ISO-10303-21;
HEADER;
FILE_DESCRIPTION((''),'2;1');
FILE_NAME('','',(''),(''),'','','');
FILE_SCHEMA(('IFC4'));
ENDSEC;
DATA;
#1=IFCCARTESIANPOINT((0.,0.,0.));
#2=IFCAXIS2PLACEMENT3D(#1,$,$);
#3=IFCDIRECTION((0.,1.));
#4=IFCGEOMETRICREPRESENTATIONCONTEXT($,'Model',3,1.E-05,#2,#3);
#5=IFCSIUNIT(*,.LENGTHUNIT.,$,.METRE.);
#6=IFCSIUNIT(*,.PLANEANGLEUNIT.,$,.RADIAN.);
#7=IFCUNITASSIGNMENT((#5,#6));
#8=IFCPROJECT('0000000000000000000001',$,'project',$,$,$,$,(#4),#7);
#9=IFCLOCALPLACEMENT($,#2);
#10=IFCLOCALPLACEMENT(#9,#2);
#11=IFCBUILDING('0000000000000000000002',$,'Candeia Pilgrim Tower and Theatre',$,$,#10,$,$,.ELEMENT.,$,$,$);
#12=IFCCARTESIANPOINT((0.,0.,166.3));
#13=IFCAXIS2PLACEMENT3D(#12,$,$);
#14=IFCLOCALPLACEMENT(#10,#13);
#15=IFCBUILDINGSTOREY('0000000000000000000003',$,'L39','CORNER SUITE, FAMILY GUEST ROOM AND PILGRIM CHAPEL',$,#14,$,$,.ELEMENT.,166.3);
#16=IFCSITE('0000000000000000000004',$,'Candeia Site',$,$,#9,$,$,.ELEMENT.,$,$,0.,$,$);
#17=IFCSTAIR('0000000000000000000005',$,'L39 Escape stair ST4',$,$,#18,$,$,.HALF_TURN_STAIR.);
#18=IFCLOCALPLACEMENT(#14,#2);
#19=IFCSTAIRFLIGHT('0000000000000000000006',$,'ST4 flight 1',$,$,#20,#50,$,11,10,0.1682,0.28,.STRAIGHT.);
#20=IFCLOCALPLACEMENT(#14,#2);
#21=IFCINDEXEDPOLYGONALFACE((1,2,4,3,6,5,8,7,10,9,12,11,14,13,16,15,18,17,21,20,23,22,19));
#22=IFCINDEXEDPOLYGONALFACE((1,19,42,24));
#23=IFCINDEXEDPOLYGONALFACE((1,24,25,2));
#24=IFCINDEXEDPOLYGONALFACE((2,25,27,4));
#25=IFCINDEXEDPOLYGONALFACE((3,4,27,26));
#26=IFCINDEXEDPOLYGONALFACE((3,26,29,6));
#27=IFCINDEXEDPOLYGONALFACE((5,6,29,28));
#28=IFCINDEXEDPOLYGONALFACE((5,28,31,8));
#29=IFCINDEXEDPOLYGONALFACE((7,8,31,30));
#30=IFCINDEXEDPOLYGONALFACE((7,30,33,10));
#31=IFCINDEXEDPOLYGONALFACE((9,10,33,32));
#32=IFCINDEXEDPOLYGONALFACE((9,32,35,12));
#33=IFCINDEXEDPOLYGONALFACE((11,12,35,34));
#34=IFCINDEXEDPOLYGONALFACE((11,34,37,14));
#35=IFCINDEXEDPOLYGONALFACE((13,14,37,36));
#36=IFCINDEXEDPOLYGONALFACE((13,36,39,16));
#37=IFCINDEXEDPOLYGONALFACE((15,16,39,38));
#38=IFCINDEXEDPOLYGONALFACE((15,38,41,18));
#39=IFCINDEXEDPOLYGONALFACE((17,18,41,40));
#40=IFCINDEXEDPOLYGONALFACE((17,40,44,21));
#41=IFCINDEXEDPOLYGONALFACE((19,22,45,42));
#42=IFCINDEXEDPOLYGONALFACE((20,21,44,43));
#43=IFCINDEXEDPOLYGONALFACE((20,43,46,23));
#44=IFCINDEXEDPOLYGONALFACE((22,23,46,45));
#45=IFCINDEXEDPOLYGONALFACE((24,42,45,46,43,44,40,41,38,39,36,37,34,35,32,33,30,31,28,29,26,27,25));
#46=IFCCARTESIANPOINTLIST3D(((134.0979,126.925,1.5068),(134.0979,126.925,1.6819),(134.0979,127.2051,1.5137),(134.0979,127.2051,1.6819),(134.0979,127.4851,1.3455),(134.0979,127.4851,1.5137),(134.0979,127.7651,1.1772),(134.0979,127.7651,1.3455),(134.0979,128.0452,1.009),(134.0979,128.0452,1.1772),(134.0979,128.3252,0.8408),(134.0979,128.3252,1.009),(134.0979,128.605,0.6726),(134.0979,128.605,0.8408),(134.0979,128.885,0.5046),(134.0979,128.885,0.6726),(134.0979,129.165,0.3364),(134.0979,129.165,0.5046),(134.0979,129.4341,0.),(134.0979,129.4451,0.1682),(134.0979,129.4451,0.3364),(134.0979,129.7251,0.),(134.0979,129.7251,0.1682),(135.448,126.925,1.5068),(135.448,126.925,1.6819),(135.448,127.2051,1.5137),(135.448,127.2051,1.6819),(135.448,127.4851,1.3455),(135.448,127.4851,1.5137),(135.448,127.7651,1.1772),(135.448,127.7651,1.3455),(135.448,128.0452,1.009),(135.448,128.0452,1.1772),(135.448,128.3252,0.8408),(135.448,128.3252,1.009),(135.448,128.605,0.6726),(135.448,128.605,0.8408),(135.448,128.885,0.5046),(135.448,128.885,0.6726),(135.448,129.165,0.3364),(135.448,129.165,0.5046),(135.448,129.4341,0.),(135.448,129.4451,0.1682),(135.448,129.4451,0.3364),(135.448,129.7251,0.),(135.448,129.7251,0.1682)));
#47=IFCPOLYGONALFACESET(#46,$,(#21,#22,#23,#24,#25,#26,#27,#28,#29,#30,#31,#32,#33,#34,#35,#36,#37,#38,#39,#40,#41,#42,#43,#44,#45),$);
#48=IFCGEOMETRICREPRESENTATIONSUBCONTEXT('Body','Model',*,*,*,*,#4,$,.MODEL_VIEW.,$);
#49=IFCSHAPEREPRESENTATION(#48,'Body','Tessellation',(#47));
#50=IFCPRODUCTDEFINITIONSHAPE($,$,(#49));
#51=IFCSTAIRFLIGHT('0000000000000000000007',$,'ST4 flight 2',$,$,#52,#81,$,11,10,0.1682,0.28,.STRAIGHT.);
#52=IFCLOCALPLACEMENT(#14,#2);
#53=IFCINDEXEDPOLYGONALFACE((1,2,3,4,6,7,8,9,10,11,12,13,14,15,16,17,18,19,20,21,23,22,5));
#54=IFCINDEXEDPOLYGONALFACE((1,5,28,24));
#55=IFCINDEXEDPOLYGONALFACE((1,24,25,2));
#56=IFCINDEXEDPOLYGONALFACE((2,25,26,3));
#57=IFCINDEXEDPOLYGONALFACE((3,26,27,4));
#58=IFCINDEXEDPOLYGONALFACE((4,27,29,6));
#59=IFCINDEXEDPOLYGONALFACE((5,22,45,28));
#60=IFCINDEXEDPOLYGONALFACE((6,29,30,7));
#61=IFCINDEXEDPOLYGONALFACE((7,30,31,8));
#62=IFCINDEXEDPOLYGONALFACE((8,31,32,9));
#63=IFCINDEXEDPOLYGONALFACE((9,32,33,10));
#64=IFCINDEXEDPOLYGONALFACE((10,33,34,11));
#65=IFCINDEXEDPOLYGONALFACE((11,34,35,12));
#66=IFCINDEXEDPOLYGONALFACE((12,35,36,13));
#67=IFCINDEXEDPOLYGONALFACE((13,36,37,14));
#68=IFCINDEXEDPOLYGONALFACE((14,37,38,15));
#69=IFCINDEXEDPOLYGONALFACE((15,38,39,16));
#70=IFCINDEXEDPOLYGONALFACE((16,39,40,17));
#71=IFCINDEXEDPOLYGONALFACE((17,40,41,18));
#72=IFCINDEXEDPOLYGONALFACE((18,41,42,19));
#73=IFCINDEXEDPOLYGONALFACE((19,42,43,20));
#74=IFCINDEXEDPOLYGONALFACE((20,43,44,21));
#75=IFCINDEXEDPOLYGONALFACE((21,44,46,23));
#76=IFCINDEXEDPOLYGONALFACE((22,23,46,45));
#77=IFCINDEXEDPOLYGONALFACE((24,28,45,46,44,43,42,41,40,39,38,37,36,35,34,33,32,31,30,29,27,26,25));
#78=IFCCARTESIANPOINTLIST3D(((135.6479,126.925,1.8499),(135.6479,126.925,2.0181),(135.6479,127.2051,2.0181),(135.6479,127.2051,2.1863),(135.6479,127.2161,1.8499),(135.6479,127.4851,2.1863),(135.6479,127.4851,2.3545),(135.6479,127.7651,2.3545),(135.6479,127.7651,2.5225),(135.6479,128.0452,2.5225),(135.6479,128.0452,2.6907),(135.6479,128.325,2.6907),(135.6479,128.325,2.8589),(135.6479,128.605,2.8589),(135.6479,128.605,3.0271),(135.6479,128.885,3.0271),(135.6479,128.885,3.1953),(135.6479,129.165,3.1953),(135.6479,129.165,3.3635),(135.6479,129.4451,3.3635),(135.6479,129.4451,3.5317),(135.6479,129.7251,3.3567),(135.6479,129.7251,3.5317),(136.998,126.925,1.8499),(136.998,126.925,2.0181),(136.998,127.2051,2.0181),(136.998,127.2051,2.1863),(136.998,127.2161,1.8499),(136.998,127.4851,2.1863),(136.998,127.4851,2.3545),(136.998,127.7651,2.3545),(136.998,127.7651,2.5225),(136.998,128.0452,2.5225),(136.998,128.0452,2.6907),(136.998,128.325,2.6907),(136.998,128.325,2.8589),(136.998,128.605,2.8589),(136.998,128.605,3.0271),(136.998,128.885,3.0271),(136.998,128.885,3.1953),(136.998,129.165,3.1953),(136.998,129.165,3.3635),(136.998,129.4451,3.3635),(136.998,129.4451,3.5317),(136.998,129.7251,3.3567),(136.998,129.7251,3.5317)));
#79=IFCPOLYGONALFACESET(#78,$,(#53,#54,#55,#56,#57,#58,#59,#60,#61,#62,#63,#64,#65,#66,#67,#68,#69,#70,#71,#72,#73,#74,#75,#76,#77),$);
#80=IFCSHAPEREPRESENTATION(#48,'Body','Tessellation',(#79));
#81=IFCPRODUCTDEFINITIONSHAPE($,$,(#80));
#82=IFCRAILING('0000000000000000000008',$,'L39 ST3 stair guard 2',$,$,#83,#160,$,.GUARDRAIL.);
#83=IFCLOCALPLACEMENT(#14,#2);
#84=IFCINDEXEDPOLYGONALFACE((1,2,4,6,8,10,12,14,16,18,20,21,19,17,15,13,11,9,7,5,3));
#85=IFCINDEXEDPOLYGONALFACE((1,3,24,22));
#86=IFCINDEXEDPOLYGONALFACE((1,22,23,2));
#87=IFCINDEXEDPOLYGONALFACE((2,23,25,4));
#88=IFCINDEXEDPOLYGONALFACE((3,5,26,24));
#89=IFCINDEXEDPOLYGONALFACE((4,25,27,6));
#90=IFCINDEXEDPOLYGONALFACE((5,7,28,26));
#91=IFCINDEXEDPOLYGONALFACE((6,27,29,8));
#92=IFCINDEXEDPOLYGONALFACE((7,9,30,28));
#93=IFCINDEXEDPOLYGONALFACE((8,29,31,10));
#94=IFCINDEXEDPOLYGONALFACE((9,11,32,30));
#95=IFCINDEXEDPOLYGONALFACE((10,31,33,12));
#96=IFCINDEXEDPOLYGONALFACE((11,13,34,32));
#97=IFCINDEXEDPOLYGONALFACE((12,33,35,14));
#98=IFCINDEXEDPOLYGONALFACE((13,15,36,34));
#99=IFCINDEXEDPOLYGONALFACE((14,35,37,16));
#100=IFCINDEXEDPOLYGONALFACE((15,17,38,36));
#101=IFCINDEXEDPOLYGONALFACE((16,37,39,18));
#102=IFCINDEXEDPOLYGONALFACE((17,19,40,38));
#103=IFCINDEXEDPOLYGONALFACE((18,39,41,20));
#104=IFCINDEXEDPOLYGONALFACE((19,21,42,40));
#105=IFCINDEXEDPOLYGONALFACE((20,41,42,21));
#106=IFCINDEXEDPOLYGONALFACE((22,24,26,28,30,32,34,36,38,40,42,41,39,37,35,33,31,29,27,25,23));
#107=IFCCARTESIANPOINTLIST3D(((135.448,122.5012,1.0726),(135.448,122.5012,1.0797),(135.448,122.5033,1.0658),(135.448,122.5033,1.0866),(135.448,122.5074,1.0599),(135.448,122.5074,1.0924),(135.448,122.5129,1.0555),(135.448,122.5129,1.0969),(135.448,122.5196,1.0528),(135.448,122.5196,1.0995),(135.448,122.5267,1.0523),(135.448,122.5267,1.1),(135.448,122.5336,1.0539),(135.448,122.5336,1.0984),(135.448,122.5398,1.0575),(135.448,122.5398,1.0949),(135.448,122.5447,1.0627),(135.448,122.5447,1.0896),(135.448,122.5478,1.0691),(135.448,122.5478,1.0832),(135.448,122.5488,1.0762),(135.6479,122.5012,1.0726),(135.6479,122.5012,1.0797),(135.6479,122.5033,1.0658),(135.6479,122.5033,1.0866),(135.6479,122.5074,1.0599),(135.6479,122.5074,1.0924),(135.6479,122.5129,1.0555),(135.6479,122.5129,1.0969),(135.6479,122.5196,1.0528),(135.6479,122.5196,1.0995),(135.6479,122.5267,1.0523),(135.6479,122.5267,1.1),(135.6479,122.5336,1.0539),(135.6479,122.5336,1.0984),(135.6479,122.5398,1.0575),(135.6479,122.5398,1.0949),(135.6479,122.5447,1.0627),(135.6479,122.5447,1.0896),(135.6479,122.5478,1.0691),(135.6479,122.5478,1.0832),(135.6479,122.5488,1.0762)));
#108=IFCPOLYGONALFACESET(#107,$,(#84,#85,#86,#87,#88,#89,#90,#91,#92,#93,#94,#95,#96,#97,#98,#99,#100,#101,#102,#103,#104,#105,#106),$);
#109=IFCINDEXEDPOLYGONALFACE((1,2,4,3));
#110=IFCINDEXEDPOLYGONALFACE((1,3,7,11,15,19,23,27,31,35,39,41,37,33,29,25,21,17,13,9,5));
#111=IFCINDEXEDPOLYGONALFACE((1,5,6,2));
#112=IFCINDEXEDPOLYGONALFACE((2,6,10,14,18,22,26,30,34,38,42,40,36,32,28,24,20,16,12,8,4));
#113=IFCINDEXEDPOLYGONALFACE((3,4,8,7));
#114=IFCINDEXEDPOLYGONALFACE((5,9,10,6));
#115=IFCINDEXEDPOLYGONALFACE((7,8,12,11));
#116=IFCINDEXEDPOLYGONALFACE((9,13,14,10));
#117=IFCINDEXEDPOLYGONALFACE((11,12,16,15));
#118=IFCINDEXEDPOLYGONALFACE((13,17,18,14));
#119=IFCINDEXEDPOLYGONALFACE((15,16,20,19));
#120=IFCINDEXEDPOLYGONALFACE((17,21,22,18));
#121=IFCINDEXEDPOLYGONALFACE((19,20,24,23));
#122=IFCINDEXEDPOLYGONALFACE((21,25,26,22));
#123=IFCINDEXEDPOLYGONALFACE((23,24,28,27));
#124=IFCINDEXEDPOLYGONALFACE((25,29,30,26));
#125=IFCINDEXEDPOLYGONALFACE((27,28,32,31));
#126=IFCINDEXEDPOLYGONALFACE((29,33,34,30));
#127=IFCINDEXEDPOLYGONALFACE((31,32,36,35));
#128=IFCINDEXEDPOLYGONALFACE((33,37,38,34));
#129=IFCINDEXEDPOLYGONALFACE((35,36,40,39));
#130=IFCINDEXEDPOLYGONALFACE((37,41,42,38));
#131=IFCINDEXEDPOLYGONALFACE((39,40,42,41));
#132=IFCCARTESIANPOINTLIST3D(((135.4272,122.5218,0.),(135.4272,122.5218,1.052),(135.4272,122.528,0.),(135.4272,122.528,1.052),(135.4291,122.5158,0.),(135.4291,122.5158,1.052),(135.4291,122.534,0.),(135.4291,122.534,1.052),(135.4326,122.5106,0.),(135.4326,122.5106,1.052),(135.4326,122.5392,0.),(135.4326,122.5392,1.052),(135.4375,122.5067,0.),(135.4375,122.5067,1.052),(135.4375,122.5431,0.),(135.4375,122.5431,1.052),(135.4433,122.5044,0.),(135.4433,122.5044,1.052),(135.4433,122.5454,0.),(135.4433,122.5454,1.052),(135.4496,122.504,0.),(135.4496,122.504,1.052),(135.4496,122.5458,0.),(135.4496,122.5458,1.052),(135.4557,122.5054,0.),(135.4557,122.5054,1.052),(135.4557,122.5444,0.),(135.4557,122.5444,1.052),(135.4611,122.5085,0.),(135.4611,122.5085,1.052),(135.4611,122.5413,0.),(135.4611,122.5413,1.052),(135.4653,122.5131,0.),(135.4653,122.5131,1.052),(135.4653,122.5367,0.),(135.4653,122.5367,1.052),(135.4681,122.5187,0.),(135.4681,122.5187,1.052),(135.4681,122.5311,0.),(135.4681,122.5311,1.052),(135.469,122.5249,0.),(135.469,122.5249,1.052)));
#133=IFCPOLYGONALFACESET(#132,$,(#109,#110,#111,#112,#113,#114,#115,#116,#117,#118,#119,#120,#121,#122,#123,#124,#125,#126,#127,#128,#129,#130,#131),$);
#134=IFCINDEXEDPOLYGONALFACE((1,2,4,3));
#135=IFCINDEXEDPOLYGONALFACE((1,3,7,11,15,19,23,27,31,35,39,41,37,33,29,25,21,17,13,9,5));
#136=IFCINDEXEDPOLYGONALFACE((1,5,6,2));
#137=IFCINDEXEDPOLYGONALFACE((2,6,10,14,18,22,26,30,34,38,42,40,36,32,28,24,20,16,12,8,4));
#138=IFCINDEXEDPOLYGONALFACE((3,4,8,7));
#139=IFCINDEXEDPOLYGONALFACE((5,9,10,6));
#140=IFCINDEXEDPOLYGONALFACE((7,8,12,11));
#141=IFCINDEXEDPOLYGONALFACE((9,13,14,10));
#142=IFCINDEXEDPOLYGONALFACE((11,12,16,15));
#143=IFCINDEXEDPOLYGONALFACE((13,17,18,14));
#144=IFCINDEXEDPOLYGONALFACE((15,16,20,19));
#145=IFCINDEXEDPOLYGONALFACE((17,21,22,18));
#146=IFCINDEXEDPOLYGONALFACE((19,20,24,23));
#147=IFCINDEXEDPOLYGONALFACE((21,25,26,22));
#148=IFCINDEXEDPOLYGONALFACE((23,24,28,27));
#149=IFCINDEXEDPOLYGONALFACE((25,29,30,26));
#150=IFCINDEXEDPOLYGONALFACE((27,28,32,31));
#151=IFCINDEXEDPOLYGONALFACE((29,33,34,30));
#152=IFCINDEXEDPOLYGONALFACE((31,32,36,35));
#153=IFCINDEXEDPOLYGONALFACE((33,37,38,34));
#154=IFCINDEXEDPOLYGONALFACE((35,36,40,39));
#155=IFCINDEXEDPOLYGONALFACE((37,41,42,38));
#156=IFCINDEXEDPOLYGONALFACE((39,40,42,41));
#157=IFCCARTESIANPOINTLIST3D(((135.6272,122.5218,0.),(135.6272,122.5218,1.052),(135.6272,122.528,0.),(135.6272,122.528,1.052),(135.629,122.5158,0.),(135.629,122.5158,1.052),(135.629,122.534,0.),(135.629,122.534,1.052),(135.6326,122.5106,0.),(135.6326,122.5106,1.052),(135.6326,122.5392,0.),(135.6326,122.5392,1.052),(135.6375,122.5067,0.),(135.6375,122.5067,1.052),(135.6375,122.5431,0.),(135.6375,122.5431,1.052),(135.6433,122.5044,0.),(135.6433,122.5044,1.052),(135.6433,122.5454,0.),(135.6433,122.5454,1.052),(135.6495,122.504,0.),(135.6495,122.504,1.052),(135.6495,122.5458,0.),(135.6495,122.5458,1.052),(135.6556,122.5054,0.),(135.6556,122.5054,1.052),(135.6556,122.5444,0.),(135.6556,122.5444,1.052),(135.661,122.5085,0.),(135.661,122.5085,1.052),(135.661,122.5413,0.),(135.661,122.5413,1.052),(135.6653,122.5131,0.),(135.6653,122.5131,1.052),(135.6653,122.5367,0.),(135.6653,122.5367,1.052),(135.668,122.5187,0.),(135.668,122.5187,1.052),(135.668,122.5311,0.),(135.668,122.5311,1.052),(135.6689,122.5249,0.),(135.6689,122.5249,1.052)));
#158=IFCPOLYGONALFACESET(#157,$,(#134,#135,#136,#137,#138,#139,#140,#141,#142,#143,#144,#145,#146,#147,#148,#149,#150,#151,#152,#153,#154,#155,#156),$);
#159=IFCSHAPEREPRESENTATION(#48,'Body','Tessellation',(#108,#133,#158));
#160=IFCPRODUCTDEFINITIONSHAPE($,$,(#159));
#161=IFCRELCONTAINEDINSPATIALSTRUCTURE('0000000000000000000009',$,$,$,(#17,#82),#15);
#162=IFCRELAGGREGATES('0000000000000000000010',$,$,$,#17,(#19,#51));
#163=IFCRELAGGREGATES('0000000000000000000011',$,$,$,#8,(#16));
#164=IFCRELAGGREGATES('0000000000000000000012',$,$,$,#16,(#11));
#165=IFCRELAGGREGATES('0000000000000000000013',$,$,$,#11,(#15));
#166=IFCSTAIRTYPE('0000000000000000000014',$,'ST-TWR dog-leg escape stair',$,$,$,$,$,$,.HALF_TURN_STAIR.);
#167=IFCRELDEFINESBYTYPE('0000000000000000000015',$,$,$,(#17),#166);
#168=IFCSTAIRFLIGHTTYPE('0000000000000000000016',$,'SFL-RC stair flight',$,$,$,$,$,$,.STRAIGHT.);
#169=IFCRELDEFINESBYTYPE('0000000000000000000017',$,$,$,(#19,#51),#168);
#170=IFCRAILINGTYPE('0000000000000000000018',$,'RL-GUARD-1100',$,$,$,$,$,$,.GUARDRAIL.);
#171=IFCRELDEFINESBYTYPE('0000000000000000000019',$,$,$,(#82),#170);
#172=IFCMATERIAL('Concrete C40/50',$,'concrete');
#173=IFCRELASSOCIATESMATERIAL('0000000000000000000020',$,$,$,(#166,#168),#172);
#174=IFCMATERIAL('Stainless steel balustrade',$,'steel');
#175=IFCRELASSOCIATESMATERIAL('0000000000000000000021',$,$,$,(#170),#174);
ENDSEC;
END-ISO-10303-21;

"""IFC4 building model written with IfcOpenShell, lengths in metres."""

from ifc_helpers import new_model, si_unit, direction, frame, origin, origin_2d, place, context, subcontext, project, spatial, polyline, circle, outline, extrude, material, type_object, element, aggregate, save


model = new_model("IFC4")

# Units and contexts
model_context = context("Model", 3, precision=1e-05, world=origin(), true_north=direction((0.0, 1.0)))
body_context = subcontext(model_context, "Body", "Model", "MODEL_VIEW")
ifc_project = project(units=[si_unit("LENGTHUNIT", "METRE"), si_unit("PLANEANGLEUNIT", "RADIAN")], contexts=[model_context])

# Site, building, storey
site_placement = place(None, origin())
site = spatial("IfcSite", under=ifc_project, at=site_placement, Name="Candeia Site", CompositionType="ELEMENT", RefElevation=0.0)
building_placement = place(site_placement, origin())
building = spatial("IfcBuilding", under=site, at=building_placement, Name="Candeia Pilgrim Tower and Theatre", CompositionType="ELEMENT")
storey_placement = place(building_placement, frame((0.0, 0.0, 166.3)))
storey = spatial("IfcBuildingStorey", under=building, at=storey_placement, Name="L39", Description="CORNER SUITE, FAMILY GUEST ROOM AND PILGRIM CHAPEL", CompositionType="ELEMENT", Elevation=166.3)

# Shared definitions
ifc_material_1 = material(Name="Concrete C40/50", Category="concrete")

# Stair, stair flights
stair_type = type_object("IfcStairType", Name="ST-TWR dog-leg escape stair", PredefinedType="HALF_TURN_STAIR", material=ifc_material_1)
stair_flight_type = type_object("IfcStairFlightType", Name="SFL-RC stair flight", PredefinedType="STRAIGHT", material=ifc_material_1)
stair_1_placement = place(storey_placement, origin())
stair_1 = element("IfcStair", 1, at=stair_1_placement, inside=storey, type_object=stair_type, Name="L39 Escape stair ST4", PredefinedType="HALF_TURN_STAIR")
stair_flight_1_placement = place(storey_placement, frame((134.7729, 129.7251, 0.0), z_axis=(0.0, 0.0, 1.0), x_axis=(0.0, -1.0, 0.0)))
stair_flight_1 = element("IfcStairFlight", 2, at=stair_flight_1_placement, type_object=stair_flight_type, Name="ST4 flight 1", NumberOfRisers=11, NumberOfTreads=10, PredefinedType="STRAIGHT", RiserHeight=0.1682, TreadLength=0.28, context=body_context, shape_type="SweptSolid", body=[
    extrude(outline(polyline([(0.0, 0.0), (0.0, 0.1682), (0.28, 0.1682), (0.28, 0.3364), (0.5601, 0.3364), (0.5601, 0.5046), (0.8401, 0.5046), (0.8401, 0.6726), (1.1201, 0.6726), (1.1201, 0.8408), (1.3999, 0.8408), (1.3999, 1.009), (1.6799, 1.009), (1.6799, 1.1772), (1.96, 1.1772), (1.96, 1.3455), (2.24, 1.3455), (2.24, 1.5137), (2.52, 1.5137), (2.52, 1.6819), (2.8, 1.6819), (2.8, 1.8501), (2.8, 1.5068), (0.291, 0.0), (0.0, 0.0)])), frame((0.0, 0.675, 0.0), z_axis=(0.0, -1.0, 0.0), x_axis=(1.0, 0.0, 0.0)), (0.0, 0.0, 1.0), 1.3501),
])
stair_flight_2_placement = place(storey_placement, frame((136.323, 126.925, 1.8499), z_axis=(0.0, 0.0, 1.0), x_axis=(0.0, 1.0, 0.0)))
stair_flight_2 = element("IfcStairFlight", 3, at=stair_flight_2_placement, type_object=stair_flight_type, Name="ST4 flight 2", NumberOfRisers=11, NumberOfTreads=10, PredefinedType="STRAIGHT", RiserHeight=0.1682, TreadLength=0.28, context=body_context, shape_type="SweptSolid", body=[
    extrude(outline(polyline([(0.0, 0.0), (0.0, 0.1682), (0.28, 0.1682), (0.28, 0.3364), (0.5601, 0.3364), (0.5601, 0.5046), (0.8401, 0.5046), (0.8401, 0.6726), (1.1201, 0.6726), (1.1201, 0.8408), (1.3999, 0.8408), (1.3999, 1.009), (1.6799, 1.009), (1.6799, 1.1772), (1.96, 1.1772), (1.96, 1.3455), (2.24, 1.3455), (2.24, 1.5137), (2.52, 1.5137), (2.52, 1.6819), (2.8, 1.6819), (2.8, 1.8501), (2.8, 1.5068), (0.291, 0.0), (0.0, 0.0)])), frame((0.0, 0.675, 0.0), z_axis=(0.0, -1.0, 0.0), x_axis=(1.0, 0.0, 0.0)), (0.0, 0.0, 1.0), 1.3501),
])
aggregate(stair_1, [stair_flight_1, stair_flight_2])

# Railing
ifc_material_2 = material(Name="Stainless steel balustrade", Category="steel")
railing_type_1 = type_object("IfcRailingType", Name="RL-GUARD-1100", PredefinedType="GUARDRAIL", material=ifc_material_2)
railing_1_placement = place(storey_placement, frame((135.448, 122.5249, 0.0)))
element("IfcRailing", 4, at=railing_1_placement, inside=storey, type_object=railing_type_1, Name="L39 ST3 stair guard 2", PredefinedType="GUARDRAIL", context=body_context, shape_type="SweptSolid", body=[
    extrude(circle(Radius=0.0239, at=origin_2d()), frame((0.0, 0.0, 1.0762), z_axis=(1.0, 0.0, 0.0), x_axis=(0.0, 1.0, 0.0)), (0.0, 0.0, 1.0), 0.2),
    extrude(circle(Radius=0.021, at=origin_2d()), origin(), (0.0, 0.0, 1.0), 1.052),
    extrude(circle(Radius=0.021, at=origin_2d()), frame((0.2, 0.0, 0.0)), (0.0, 0.0, 1.0), 1.052),
])

save(model, "model.ifc")
